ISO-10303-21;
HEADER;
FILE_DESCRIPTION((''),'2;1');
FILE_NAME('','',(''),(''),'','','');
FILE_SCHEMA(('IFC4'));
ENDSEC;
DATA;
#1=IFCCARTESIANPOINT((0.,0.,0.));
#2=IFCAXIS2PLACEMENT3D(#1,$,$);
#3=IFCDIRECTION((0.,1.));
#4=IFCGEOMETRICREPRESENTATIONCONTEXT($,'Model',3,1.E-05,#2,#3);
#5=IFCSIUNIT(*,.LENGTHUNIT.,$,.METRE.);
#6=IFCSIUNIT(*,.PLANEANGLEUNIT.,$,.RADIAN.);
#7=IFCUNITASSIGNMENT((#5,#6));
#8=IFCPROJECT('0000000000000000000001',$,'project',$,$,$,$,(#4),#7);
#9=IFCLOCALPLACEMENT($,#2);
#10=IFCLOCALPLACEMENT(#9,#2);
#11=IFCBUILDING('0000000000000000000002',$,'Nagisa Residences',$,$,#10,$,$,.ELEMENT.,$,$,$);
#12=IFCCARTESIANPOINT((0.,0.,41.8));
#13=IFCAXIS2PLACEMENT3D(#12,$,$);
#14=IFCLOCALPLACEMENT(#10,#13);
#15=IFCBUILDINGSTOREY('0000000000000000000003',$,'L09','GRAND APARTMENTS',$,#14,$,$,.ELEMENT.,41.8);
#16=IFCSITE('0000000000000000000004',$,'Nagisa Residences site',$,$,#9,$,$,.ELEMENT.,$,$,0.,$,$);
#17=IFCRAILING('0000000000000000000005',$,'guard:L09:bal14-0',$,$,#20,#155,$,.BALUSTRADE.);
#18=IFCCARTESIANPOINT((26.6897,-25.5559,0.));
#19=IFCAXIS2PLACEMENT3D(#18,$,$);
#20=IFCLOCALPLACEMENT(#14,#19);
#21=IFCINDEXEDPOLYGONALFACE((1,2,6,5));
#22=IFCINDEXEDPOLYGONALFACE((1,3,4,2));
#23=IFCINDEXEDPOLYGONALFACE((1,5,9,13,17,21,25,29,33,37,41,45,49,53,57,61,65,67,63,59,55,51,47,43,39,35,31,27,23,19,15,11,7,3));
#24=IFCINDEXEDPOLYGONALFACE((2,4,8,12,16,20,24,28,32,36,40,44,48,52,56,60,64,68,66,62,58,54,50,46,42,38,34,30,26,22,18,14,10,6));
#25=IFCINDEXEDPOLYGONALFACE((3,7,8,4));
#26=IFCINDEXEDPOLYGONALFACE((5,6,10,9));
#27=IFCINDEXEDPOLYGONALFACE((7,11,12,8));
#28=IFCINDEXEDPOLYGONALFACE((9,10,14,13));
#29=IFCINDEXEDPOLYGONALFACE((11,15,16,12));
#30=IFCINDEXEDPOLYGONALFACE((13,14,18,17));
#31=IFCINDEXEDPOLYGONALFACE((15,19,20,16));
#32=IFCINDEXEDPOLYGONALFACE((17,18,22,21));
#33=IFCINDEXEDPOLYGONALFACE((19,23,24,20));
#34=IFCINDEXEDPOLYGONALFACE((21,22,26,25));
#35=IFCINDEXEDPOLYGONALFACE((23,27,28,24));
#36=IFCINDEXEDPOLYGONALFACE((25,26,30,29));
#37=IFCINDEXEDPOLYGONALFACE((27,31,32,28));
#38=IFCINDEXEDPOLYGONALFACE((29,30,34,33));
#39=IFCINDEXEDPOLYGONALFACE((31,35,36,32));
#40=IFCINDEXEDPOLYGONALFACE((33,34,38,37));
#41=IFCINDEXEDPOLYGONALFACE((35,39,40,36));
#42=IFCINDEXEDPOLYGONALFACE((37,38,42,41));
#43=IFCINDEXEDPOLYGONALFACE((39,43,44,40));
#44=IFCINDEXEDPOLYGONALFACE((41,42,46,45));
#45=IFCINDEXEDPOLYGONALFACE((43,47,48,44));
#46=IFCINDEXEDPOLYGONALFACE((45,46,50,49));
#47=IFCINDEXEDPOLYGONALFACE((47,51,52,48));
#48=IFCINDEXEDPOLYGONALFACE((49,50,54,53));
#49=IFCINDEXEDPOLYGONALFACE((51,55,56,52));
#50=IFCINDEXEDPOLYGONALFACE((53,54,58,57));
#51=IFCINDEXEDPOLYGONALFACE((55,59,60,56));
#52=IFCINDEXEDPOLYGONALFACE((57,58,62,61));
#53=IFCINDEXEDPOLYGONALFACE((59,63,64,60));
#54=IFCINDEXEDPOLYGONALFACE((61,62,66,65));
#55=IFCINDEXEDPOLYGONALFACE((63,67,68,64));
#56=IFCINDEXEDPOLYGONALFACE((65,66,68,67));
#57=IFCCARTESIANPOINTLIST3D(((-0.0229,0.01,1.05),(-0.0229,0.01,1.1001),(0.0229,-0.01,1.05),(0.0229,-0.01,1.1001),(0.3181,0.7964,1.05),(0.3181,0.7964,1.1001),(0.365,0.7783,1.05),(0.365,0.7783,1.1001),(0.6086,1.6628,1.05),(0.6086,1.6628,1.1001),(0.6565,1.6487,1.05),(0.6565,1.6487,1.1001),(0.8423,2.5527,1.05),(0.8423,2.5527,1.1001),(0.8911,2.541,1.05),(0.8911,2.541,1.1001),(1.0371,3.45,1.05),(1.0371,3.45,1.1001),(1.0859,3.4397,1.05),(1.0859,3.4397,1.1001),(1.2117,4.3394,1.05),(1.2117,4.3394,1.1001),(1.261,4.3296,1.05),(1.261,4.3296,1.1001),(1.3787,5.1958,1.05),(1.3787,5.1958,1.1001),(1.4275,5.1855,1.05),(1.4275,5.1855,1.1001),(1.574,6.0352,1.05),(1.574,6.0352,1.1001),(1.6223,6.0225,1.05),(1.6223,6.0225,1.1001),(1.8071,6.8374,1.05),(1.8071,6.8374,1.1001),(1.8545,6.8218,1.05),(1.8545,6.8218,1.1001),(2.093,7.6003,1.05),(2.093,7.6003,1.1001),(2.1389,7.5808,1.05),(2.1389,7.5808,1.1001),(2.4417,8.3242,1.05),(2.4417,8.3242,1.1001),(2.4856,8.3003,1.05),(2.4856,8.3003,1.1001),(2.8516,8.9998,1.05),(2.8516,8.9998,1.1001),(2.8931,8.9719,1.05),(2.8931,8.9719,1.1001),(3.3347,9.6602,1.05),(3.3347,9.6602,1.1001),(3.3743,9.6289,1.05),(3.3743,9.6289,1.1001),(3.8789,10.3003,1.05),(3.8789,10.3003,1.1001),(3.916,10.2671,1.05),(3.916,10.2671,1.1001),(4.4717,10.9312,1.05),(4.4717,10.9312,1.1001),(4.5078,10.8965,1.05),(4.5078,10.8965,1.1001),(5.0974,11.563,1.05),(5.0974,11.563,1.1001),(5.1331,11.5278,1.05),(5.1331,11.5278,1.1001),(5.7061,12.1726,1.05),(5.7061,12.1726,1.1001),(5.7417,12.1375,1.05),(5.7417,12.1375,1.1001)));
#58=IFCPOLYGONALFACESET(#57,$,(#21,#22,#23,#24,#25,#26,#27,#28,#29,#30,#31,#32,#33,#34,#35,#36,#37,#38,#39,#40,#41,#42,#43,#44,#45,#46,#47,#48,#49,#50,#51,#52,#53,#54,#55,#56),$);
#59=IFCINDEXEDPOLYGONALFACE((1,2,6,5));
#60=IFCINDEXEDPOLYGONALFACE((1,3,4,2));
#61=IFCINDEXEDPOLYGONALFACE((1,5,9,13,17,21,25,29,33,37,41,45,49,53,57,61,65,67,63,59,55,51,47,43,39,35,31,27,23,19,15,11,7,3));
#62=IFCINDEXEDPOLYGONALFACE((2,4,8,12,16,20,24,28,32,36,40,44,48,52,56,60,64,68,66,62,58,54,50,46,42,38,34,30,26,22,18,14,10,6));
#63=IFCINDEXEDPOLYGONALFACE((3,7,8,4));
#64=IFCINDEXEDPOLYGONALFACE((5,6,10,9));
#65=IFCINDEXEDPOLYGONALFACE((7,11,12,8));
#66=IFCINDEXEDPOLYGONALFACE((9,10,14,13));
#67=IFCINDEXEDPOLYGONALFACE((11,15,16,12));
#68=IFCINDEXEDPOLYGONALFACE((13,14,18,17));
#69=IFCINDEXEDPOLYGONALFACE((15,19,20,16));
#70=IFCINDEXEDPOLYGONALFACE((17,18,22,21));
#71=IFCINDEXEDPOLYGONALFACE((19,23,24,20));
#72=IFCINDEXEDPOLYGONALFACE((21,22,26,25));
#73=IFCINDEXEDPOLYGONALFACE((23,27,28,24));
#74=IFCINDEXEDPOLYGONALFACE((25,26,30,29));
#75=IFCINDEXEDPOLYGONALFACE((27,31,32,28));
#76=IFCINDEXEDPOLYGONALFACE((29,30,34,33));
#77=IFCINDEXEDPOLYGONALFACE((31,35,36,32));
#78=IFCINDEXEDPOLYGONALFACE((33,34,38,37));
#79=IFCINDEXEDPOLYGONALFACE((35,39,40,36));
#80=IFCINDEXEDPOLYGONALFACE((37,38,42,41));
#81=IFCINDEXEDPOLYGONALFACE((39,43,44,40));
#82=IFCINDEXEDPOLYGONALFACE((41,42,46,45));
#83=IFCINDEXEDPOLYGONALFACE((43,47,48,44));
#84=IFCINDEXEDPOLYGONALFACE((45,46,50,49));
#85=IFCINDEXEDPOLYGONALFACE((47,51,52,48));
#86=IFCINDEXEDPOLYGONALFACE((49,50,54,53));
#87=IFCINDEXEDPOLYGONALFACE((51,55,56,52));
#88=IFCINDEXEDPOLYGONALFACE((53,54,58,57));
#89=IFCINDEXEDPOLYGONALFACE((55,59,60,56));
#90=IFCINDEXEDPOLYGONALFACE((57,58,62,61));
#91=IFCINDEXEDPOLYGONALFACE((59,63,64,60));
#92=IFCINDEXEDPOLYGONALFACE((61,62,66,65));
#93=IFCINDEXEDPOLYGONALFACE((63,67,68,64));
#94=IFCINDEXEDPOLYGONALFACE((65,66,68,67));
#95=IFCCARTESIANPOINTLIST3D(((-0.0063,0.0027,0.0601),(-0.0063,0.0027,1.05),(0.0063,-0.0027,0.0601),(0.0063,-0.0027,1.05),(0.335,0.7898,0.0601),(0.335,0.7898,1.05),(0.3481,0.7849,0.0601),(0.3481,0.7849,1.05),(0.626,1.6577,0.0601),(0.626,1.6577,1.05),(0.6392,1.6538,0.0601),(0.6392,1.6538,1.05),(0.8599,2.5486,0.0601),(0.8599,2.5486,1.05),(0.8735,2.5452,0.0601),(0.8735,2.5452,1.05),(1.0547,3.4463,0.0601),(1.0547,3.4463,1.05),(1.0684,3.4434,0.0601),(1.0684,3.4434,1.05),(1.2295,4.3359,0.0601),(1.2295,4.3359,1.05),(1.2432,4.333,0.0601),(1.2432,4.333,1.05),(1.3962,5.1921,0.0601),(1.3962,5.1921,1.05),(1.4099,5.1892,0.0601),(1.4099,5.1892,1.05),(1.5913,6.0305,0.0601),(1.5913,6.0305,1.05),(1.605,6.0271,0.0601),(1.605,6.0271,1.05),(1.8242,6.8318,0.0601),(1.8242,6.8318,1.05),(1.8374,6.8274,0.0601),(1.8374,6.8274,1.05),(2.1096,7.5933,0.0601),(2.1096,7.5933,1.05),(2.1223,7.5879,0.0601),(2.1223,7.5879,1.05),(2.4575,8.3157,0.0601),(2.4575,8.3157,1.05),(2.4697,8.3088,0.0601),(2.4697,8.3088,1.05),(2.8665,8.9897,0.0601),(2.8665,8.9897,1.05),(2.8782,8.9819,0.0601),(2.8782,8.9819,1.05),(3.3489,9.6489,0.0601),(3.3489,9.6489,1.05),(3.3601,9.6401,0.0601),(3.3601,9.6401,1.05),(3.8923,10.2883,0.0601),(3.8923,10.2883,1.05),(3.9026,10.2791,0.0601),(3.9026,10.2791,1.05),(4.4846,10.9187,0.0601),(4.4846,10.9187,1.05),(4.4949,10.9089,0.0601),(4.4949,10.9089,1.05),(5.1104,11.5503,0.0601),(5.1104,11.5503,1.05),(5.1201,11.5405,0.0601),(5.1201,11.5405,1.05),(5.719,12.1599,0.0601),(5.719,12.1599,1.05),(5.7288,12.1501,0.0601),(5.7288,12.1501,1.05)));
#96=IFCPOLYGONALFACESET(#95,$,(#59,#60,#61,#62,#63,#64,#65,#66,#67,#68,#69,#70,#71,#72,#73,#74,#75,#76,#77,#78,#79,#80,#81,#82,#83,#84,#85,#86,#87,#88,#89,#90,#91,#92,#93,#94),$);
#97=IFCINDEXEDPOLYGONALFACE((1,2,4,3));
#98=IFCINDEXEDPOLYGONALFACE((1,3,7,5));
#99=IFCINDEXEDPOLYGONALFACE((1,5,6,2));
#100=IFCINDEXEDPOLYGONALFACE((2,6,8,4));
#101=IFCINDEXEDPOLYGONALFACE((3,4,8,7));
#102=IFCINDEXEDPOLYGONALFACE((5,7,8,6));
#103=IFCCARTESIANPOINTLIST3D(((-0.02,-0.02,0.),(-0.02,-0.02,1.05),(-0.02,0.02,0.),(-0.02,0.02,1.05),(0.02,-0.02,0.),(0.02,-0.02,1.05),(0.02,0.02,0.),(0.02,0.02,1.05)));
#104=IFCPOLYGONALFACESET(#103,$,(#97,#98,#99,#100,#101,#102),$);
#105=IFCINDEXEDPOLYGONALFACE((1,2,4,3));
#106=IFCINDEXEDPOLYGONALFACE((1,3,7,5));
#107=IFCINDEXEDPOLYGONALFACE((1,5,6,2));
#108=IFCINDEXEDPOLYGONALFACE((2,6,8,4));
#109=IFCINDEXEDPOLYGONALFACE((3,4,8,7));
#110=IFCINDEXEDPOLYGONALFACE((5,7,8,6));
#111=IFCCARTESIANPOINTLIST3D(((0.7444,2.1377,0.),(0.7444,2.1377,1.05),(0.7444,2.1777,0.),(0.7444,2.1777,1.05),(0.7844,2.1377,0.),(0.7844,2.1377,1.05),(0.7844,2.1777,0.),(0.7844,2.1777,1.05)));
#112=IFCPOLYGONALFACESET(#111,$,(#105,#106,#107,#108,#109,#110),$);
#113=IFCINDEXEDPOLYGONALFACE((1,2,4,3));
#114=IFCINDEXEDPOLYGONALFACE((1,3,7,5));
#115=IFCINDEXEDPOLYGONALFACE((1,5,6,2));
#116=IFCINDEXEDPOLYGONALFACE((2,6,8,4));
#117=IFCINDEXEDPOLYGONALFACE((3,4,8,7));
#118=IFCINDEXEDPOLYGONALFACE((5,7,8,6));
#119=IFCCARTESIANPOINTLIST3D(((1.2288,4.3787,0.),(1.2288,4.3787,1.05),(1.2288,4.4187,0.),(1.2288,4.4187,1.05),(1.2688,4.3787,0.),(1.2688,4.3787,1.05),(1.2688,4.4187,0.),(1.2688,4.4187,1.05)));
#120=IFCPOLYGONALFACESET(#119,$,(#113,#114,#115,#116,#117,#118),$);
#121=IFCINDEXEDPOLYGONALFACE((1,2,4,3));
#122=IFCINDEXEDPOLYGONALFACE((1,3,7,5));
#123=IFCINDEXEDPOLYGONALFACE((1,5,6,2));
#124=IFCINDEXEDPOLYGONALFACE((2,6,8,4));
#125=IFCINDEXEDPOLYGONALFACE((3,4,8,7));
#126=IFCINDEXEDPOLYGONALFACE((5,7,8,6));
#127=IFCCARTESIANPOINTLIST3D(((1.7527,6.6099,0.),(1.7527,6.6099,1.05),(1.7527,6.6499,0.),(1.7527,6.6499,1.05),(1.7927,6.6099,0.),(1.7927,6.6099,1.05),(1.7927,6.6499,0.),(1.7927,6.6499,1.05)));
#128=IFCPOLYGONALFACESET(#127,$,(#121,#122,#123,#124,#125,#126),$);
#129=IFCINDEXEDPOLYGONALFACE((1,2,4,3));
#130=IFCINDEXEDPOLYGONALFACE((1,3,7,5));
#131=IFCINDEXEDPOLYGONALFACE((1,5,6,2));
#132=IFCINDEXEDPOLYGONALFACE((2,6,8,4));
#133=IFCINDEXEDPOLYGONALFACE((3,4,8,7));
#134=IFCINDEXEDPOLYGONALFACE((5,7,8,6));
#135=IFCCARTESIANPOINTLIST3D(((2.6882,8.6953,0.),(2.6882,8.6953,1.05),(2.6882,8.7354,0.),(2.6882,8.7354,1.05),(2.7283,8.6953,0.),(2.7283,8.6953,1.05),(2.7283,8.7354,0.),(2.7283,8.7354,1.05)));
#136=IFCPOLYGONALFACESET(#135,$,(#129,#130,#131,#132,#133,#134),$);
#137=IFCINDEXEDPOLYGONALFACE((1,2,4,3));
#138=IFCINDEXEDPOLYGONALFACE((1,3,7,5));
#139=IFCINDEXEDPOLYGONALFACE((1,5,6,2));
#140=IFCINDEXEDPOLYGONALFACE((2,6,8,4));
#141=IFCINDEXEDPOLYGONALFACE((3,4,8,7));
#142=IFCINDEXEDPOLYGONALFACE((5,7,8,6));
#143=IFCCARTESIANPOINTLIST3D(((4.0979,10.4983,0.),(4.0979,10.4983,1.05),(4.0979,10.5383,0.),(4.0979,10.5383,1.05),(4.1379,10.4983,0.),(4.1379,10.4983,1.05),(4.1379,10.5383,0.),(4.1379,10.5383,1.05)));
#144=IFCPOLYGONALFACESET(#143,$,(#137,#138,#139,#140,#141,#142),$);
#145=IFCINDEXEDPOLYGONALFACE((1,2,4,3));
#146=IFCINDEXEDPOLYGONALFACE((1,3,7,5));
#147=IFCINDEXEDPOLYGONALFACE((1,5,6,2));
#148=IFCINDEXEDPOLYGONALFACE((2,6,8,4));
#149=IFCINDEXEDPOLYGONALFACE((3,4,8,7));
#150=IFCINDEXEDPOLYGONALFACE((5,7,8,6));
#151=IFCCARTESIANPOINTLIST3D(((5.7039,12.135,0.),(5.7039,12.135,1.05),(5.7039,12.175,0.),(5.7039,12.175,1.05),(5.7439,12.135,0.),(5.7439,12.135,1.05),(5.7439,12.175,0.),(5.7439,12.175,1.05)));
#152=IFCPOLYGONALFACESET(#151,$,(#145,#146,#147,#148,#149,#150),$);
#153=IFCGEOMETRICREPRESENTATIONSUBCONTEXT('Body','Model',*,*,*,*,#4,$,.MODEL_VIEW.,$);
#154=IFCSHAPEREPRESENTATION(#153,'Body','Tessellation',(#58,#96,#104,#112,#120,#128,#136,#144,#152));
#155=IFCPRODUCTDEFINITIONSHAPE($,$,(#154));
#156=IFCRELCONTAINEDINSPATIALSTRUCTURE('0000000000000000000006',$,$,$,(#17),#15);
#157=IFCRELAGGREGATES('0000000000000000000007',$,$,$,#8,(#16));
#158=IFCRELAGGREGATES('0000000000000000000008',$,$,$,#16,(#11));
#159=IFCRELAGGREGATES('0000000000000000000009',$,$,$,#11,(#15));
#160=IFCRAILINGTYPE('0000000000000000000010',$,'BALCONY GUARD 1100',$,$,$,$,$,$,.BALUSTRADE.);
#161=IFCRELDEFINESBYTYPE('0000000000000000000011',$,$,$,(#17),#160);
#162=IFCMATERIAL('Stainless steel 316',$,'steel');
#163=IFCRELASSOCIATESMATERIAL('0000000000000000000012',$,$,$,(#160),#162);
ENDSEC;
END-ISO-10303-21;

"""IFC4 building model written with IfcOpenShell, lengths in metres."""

from ifc_helpers import new_model, si_unit, direction, frame, origin, origin_2d, place, context, subcontext, project, spatial, polyline, rectangle, outline, extrude, material, type_object, element, save


model = new_model("IFC4")

# Units and contexts
model_context = context("Model", 3, precision=1e-05, world=origin(), true_north=direction((0.0, 1.0)))
body_context = subcontext(model_context, "Body", "Model", "MODEL_VIEW")
ifc_project = project(units=[si_unit("LENGTHUNIT", "METRE"), si_unit("PLANEANGLEUNIT", "RADIAN")], contexts=[model_context])

# Site, building, storey
site_placement = place(None, origin())
site = spatial("IfcSite", under=ifc_project, at=site_placement, Name="Nagisa Residences site", CompositionType="ELEMENT", RefElevation=0.0)
building_placement = place(site_placement, origin())
building = spatial("IfcBuilding", under=site, at=building_placement, Name="Nagisa Residences", CompositionType="ELEMENT")
storey_placement = place(building_placement, frame((0.0, 0.0, 41.8)))
storey = spatial("IfcBuildingStorey", under=building, at=storey_placement, Name="L09", Description="GRAND APARTMENTS", CompositionType="ELEMENT", Elevation=41.8)

# Railing
ifc_material_1 = material(Name="Stainless steel 316", Category="steel")
railing_type = type_object("IfcRailingType", Name="BALCONY GUARD 1100", PredefinedType="BALUSTRADE", material=ifc_material_1)
railing_1_placement = place(storey_placement, frame((26.6897, -25.5559, 0.0)))
element("IfcRailing", 1, at=railing_1_placement, inside=storey, type_object=railing_type, Name="guard:L09:bal14-0", PredefinedType="BALUSTRADE", context=body_context, shape_type="SweptSolid", body=[
    extrude(outline(polyline([(0.3181, 0.7964), (-0.0229, 0.01), (0.0229, -0.01), (0.365, 0.7783), (0.6565, 1.6487), (0.8911, 2.541), (1.0859, 3.4397), (1.261, 4.3296), (1.4275, 5.1855), (1.6223, 6.0225), (1.8545, 6.8218), (2.1389, 7.5808), (2.4856, 8.3003), (2.8931, 8.9719), (3.3743, 9.6289), (3.916, 10.2671), (4.5078, 10.8965), (5.1331, 11.5278), (5.7417, 12.1375), (5.7061, 12.1726), (5.0974, 11.563), (4.4717, 10.9312), (3.8789, 10.3003), (3.3347, 9.6602), (2.8516, 8.9998), (2.4417, 8.3242), (2.093, 7.6003), (1.8071, 6.8374), (1.574, 6.0352), (1.3787, 5.1958), (1.2117, 4.3394), (1.0371, 3.45), (0.8423, 2.5527), (0.6086, 1.6628), (0.3181, 0.7964)])), frame((0.0, 0.0, 1.05)), (0.0, 0.0, 1.0), 0.05),
    extrude(outline(polyline([(0.335, 0.7898), (-0.0063, 0.0027), (0.0063, -0.0027), (0.3481, 0.7849), (0.6392, 1.6538), (0.8735, 2.5452), (1.0684, 3.4434), (1.2432, 4.333), (1.4099, 5.1892), (1.605, 6.0271), (1.8374, 6.8274), (2.1223, 7.5879), (2.4697, 8.3088), (2.8782, 8.9819), (3.3601, 9.6401), (3.9026, 10.2791), (4.4949, 10.9089), (5.1201, 11.5405), (5.7288, 12.1501), (5.719, 12.1599), (5.1104, 11.5503), (4.4846, 10.9187), (3.8923, 10.2883), (3.3489, 9.6489), (2.8665, 8.9897), (2.4575, 8.3157), (2.1096, 7.5933), (1.8242, 6.8318), (1.5913, 6.0305), (1.3962, 5.1921), (1.2295, 4.3359), (1.0547, 3.4463), (0.8599, 2.5486), (0.626, 1.6577), (0.335, 0.7898)])), frame((0.0, 0.0, 0.0601)), (0.0, 0.0, 1.0), 0.99),
    extrude(rectangle(XDim=0.04, YDim=0.04, at=origin_2d()), origin(), (0.0, 0.0, 1.0), 1.05),
    extrude(rectangle(XDim=0.04, YDim=0.04, at=origin_2d()), frame((0.7644, 2.1577, 0.0)), (0.0, 0.0, 1.0), 1.05),
    extrude(rectangle(XDim=0.04, YDim=0.04, at=origin_2d()), frame((1.2488, 4.3987, 0.0)), (0.0, 0.0, 1.0), 1.05),
    extrude(rectangle(XDim=0.04, YDim=0.04, at=origin_2d()), frame((1.7727, 6.6299, 0.0)), (0.0, 0.0, 1.0), 1.05),
    extrude(rectangle(XDim=0.04, YDim=0.04, at=origin_2d()), frame((2.7083, 8.7153, 0.0)), (0.0, 0.0, 1.0), 1.05),
    extrude(rectangle(XDim=0.04, YDim=0.04, at=origin_2d()), frame((4.1179, 10.5183, 0.0)), (0.0, 0.0, 1.0), 1.05),
    extrude(rectangle(XDim=0.04, YDim=0.04, at=origin_2d()), frame((5.7239, 12.155, 0.0)), (0.0, 0.0, 1.0), 1.05),
])

save(model, "model.ifc")
